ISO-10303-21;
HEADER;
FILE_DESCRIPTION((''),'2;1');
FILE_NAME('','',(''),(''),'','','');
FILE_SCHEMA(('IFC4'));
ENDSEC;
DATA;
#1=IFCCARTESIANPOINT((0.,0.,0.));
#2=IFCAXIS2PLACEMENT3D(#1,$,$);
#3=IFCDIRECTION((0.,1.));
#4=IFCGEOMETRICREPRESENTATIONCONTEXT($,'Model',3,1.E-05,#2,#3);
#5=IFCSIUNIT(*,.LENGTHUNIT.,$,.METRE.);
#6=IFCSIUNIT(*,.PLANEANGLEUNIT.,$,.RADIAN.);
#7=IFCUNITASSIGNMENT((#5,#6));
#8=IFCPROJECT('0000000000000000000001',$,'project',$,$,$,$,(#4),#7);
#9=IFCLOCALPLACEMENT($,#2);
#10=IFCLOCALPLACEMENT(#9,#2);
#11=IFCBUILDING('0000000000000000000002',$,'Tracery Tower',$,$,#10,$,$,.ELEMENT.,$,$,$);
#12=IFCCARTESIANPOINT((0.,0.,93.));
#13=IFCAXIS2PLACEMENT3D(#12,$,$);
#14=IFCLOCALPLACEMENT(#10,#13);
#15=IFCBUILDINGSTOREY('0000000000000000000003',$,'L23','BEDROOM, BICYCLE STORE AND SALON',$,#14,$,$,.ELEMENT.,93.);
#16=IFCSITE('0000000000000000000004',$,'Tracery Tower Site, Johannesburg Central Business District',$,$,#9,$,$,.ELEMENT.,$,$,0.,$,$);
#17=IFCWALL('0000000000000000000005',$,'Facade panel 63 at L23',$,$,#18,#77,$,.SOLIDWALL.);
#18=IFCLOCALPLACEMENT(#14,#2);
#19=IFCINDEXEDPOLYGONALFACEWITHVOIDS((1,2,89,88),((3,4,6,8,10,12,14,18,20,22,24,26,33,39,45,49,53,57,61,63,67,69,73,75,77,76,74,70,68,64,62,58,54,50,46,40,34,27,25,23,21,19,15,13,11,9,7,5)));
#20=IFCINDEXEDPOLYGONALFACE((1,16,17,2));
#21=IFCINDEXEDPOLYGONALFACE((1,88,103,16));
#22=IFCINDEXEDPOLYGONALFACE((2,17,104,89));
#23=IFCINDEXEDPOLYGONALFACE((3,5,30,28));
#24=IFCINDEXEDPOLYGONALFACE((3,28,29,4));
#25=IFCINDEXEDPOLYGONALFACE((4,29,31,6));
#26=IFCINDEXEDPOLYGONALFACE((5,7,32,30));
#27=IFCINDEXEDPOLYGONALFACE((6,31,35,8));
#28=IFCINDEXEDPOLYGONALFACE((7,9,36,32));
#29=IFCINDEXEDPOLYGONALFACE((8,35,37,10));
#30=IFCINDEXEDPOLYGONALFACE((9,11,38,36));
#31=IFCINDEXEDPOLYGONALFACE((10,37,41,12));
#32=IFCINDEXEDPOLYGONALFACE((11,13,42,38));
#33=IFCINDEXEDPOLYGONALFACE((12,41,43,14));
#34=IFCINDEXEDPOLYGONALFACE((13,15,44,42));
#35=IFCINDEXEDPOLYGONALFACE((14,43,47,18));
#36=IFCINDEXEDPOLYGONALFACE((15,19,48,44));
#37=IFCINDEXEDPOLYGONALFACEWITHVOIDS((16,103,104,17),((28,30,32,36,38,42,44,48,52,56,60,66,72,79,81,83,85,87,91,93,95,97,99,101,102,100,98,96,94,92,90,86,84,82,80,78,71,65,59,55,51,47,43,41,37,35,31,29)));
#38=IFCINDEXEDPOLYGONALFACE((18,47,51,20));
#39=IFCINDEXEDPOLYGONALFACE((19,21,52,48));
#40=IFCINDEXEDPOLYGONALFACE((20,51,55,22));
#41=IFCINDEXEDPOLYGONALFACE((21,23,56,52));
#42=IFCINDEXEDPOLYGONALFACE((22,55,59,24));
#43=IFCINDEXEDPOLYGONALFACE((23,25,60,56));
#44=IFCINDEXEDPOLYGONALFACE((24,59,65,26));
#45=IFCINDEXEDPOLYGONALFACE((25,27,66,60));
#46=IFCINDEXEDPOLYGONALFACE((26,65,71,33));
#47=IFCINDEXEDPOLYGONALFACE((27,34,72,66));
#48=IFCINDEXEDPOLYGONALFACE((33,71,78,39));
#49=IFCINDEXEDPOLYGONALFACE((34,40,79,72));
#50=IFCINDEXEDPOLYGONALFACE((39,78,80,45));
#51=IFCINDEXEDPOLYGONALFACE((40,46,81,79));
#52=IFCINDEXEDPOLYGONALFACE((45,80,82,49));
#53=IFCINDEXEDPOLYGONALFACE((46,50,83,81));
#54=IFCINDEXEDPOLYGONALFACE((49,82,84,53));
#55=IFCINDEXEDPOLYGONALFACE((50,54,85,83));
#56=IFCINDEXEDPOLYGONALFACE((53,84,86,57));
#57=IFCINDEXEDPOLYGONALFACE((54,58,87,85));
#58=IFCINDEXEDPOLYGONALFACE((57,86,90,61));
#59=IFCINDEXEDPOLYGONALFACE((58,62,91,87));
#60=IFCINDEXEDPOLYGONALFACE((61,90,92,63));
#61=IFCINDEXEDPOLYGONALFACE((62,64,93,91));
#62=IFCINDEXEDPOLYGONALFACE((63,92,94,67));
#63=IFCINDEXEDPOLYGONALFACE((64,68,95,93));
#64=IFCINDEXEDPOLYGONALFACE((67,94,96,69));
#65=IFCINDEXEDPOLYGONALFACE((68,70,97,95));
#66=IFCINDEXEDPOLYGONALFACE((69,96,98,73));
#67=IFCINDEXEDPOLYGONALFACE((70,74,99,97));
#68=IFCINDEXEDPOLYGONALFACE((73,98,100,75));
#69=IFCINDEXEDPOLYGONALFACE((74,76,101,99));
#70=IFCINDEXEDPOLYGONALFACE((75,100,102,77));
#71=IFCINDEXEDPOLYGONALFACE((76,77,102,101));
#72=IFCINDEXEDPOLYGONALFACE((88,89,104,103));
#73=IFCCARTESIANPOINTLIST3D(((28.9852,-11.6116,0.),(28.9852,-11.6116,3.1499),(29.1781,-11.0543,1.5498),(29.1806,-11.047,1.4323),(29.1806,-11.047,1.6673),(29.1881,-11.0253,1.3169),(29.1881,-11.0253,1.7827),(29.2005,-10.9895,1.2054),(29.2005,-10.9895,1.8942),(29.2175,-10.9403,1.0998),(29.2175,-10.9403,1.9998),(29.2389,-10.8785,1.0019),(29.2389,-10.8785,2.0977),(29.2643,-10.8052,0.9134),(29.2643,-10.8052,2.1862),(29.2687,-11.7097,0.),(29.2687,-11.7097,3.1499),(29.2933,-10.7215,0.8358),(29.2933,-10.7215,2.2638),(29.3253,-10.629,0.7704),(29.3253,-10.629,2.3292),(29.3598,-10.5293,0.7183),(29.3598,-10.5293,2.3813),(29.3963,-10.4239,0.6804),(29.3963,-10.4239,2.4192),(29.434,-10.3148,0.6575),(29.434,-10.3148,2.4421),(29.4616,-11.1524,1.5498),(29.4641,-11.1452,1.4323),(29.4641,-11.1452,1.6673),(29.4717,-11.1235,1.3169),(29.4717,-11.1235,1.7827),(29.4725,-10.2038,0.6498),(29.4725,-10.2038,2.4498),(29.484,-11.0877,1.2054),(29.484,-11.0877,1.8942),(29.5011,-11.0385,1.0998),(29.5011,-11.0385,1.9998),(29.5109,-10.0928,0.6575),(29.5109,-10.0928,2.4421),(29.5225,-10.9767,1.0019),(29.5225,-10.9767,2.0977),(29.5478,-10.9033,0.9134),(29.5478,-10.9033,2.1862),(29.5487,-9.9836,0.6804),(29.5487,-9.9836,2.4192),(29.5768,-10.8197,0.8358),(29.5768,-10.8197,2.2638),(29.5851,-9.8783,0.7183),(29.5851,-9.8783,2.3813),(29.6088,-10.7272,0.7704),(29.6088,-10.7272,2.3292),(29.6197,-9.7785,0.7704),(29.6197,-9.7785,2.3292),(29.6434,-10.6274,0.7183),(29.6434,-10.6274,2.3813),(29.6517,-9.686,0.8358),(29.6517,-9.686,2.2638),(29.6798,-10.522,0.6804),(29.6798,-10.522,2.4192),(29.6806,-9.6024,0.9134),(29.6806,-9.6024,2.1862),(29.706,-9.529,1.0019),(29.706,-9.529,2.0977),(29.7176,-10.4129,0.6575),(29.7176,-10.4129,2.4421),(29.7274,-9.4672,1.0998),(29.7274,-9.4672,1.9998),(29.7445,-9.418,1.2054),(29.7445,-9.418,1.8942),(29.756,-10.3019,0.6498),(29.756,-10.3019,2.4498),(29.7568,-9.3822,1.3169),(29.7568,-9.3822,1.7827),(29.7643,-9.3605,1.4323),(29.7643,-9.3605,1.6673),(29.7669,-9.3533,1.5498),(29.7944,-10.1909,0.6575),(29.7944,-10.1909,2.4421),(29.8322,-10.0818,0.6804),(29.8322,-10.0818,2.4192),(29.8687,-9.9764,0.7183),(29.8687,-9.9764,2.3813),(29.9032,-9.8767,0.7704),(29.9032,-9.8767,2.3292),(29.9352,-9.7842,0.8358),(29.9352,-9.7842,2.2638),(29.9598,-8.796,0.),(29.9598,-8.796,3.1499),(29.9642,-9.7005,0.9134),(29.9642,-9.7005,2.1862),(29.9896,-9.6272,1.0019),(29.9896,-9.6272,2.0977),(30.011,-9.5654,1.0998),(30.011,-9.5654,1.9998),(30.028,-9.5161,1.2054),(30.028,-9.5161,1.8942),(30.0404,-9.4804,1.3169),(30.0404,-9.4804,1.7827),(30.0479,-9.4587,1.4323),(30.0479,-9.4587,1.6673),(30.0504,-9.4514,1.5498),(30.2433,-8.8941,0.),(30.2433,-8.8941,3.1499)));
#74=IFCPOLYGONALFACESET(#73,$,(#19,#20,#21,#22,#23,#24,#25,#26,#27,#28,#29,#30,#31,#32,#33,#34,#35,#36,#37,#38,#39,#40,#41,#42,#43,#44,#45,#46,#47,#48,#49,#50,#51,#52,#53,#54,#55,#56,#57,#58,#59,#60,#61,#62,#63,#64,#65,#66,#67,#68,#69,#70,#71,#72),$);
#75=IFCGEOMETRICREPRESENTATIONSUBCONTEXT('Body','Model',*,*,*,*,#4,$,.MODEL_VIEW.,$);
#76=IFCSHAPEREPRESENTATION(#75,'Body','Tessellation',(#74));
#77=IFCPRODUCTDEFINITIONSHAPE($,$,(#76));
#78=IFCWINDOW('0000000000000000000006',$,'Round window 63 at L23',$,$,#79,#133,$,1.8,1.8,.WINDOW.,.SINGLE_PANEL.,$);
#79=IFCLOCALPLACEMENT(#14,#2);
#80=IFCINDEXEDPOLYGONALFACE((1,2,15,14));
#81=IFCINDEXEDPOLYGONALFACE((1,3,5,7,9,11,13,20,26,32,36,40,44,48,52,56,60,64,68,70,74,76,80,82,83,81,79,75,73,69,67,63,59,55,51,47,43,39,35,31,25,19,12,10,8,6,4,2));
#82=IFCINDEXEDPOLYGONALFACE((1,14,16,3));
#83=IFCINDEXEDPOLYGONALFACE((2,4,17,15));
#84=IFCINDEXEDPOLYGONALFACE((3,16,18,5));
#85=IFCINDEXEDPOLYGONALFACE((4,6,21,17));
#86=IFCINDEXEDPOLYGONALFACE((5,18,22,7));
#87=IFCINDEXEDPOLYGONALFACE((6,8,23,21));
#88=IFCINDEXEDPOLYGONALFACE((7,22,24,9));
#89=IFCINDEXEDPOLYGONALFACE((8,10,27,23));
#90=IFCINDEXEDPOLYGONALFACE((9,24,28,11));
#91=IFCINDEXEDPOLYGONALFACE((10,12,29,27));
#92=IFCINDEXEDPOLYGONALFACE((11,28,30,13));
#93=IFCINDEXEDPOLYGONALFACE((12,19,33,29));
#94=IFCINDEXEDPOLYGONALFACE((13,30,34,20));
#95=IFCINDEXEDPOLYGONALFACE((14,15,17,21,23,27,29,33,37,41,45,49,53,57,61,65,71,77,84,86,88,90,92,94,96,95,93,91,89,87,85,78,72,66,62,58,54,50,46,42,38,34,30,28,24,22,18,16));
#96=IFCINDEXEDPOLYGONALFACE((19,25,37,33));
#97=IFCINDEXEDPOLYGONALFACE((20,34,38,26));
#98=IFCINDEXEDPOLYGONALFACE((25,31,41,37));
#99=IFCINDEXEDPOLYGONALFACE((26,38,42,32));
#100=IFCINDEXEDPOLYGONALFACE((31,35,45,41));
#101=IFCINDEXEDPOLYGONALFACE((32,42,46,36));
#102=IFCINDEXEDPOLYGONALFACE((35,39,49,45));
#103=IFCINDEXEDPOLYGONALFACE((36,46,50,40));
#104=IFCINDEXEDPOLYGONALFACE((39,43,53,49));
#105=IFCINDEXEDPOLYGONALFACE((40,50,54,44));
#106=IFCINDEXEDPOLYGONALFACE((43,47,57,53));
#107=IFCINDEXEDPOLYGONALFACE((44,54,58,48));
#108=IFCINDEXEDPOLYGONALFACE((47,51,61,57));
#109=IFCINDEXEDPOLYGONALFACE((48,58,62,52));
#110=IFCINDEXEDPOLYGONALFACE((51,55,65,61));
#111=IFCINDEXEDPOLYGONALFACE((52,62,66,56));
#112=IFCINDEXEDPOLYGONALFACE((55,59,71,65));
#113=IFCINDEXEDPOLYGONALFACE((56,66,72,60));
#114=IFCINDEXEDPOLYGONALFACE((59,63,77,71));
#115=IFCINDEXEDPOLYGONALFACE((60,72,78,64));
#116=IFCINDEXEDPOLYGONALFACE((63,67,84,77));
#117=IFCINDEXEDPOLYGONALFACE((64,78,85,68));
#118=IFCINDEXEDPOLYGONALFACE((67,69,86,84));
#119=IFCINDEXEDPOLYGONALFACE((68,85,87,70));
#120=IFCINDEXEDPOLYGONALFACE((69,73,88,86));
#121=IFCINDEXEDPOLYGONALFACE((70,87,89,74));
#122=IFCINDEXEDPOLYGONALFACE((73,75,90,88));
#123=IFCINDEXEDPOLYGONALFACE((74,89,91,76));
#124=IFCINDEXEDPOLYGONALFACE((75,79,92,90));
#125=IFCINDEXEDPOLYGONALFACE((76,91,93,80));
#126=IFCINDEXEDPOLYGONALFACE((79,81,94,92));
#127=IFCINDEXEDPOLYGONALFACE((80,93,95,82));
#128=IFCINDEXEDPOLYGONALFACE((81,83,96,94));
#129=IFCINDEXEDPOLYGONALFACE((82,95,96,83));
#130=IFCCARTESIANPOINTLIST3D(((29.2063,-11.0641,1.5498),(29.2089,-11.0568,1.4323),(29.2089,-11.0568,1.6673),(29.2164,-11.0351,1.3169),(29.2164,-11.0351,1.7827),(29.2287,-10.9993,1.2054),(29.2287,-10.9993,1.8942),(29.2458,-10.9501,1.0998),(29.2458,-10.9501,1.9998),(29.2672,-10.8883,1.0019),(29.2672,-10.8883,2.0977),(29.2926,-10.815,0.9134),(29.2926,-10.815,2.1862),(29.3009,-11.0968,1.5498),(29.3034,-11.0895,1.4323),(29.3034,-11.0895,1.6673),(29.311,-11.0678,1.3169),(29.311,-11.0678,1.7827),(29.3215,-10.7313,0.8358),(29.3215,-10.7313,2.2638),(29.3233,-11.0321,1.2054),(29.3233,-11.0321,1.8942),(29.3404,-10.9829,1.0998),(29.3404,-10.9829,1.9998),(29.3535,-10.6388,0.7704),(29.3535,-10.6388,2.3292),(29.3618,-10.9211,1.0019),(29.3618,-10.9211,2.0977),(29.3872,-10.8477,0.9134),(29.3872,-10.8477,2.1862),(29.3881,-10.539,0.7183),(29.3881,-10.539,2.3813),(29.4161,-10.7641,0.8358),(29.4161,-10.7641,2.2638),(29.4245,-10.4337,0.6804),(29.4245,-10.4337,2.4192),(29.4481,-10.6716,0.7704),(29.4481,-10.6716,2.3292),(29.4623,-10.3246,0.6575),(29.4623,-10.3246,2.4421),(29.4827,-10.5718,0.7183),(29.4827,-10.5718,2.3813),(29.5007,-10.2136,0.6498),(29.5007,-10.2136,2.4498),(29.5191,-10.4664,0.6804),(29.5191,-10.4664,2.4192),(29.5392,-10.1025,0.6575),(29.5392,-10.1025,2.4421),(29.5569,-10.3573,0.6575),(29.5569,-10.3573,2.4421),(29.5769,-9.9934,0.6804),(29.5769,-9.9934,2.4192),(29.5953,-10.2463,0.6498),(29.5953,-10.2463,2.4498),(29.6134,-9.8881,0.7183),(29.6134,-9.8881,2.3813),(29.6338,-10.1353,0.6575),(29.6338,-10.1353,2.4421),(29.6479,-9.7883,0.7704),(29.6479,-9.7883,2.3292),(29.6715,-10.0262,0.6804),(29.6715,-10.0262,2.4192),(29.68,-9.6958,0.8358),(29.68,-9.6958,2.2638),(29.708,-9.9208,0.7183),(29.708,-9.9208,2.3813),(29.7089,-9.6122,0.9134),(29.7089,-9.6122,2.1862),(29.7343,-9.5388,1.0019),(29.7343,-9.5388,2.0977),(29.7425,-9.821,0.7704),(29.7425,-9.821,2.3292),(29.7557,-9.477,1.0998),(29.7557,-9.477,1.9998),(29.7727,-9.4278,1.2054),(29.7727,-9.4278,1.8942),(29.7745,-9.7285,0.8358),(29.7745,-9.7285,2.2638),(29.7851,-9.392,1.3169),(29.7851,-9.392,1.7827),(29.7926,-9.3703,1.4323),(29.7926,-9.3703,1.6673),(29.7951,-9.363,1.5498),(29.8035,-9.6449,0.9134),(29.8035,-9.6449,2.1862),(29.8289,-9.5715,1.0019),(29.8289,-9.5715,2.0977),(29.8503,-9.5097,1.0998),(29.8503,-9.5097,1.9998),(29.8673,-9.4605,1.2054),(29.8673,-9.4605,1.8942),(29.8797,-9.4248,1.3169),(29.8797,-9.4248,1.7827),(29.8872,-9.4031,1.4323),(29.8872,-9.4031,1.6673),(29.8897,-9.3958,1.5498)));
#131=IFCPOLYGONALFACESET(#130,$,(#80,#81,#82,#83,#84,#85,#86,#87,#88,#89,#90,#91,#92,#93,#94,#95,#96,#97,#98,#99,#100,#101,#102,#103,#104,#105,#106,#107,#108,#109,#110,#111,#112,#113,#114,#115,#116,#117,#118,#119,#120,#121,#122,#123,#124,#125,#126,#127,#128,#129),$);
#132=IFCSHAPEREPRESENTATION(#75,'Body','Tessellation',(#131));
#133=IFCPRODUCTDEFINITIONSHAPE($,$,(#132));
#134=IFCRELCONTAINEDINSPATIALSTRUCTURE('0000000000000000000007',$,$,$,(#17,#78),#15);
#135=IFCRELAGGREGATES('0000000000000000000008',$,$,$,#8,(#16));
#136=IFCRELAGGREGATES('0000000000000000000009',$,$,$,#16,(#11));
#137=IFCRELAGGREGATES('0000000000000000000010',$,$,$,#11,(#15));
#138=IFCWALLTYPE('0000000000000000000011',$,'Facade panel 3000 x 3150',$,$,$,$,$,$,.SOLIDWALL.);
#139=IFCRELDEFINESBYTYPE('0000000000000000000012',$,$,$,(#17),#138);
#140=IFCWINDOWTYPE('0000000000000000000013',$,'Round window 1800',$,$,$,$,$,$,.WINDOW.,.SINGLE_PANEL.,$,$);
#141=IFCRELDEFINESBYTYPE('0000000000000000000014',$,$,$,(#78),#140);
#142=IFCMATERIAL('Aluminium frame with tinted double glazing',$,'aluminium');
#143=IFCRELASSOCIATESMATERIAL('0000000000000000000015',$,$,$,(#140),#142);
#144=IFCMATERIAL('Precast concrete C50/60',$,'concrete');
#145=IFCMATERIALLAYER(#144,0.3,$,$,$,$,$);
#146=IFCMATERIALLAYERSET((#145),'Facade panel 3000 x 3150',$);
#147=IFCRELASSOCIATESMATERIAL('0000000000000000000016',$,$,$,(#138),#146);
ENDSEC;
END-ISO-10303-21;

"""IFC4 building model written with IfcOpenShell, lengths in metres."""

from ifc_helpers import new_model, si_unit, direction, frame, frame_2d, origin, origin_2d, place, context, subcontext, project, spatial, rectangle, circle, extrude, material, layer, layer_set, type_object, element, fill, save


model = new_model("IFC4")

# Units and contexts
model_context = context("Model", 3, precision=1e-05, world=origin(), true_north=direction((0.0, 1.0)))
body_context = subcontext(model_context, "Body", "Model", "MODEL_VIEW")
ifc_project = project(units=[si_unit("LENGTHUNIT", "METRE"), si_unit("PLANEANGLEUNIT", "RADIAN")], contexts=[model_context])

# Site, building, storey
site_placement = place(None, origin())
site = spatial("IfcSite", under=ifc_project, at=site_placement, Name="Tracery Tower Site, Johannesburg Central Business District", CompositionType="ELEMENT", RefElevation=0.0)
building_placement = place(site_placement, origin())
building = spatial("IfcBuilding", under=site, at=building_placement, Name="Tracery Tower", CompositionType="ELEMENT")
storey_placement = place(building_placement, frame((0.0, 0.0, 93.0)))
storey = spatial("IfcBuildingStorey", under=building, at=storey_placement, Name="L23", Description="BEDROOM, BICYCLE STORE AND SALON", CompositionType="ELEMENT", Elevation=93.0)

# Wall, opening, window
ifc_material_1 = material(Name="Aluminium frame with tinted double glazing", Category="aluminium")
window_type = type_object("IfcWindowType", Name="Round window 1800", PartitioningType="SINGLE_PANEL", PredefinedType="WINDOW", material=ifc_material_1)
ifc_material_2 = material(Name="Precast concrete C50/60", Category="concrete")
ifc_layer_1 = layer(ifc_material_2, 0.3)
ifc_layer_set_1 = layer_set([ifc_layer_1], Name="Facade panel 3000 x 3150")
wall_type_1 = type_object("IfcWallType", Name="Facade panel 3000 x 3150", PredefinedType="SOLIDWALL", material=ifc_layer_set_1)
wall_1_placement = place(storey_placement, frame((29.127, -11.6606, 0.0), z_axis=(0.0, 0.0, 1.0), x_axis=(0.327096, 0.944991, 0.0)))
wall_1 = element("IfcWall", 1, at=wall_1_placement, inside=storey, type_object=wall_type_1, Name="Facade panel 63 at L23", PredefinedType="SOLIDWALL", context=body_context, shape_type="SweptSolid", body=[
    extrude(rectangle(XDim=2.9795, YDim=0.3, at=frame_2d((1.4897, 0.0))), origin(), (0.0, 0.0, 1.0), 3.1499),
])
opening_1_placement = place(wall_1_placement, frame((1.4897, 0.0, 1.5498)))
opening_1 = element("IfcOpeningElement", 2, at=opening_1_placement, cuts=wall_1, PredefinedType="OPENING", context=body_context, shape_type="SweptSolid", body=[
    extrude(circle(Radius=0.9, at=origin_2d()), frame((0.0, 0.1599, 0.0), z_axis=(0.0, -1.0, 0.0), x_axis=(1.0, 0.0, 0.0)), (0.0, 0.0, 1.0), 0.3201),
])
window_1_placement = place(opening_1_placement, origin())
window_1 = element("IfcWindow", 3, at=window_1_placement, inside=storey, type_object=window_type, Name="Round window 63 at L23", OverallHeight=1.8, OverallWidth=1.8, PartitioningType="SINGLE_PANEL", PredefinedType="WINDOW", context=body_context, shape_type="SweptSolid", body=[
    extrude(circle(Radius=0.9, at=origin_2d()), frame((0.0, 0.1201, 0.0), z_axis=(0.0, -1.0, 0.0), x_axis=(1.0, 0.0, 0.0)), (0.0, 0.0, 1.0), 0.1001),
])
fill(opening_1, window_1)

save(model, "model.ifc")
